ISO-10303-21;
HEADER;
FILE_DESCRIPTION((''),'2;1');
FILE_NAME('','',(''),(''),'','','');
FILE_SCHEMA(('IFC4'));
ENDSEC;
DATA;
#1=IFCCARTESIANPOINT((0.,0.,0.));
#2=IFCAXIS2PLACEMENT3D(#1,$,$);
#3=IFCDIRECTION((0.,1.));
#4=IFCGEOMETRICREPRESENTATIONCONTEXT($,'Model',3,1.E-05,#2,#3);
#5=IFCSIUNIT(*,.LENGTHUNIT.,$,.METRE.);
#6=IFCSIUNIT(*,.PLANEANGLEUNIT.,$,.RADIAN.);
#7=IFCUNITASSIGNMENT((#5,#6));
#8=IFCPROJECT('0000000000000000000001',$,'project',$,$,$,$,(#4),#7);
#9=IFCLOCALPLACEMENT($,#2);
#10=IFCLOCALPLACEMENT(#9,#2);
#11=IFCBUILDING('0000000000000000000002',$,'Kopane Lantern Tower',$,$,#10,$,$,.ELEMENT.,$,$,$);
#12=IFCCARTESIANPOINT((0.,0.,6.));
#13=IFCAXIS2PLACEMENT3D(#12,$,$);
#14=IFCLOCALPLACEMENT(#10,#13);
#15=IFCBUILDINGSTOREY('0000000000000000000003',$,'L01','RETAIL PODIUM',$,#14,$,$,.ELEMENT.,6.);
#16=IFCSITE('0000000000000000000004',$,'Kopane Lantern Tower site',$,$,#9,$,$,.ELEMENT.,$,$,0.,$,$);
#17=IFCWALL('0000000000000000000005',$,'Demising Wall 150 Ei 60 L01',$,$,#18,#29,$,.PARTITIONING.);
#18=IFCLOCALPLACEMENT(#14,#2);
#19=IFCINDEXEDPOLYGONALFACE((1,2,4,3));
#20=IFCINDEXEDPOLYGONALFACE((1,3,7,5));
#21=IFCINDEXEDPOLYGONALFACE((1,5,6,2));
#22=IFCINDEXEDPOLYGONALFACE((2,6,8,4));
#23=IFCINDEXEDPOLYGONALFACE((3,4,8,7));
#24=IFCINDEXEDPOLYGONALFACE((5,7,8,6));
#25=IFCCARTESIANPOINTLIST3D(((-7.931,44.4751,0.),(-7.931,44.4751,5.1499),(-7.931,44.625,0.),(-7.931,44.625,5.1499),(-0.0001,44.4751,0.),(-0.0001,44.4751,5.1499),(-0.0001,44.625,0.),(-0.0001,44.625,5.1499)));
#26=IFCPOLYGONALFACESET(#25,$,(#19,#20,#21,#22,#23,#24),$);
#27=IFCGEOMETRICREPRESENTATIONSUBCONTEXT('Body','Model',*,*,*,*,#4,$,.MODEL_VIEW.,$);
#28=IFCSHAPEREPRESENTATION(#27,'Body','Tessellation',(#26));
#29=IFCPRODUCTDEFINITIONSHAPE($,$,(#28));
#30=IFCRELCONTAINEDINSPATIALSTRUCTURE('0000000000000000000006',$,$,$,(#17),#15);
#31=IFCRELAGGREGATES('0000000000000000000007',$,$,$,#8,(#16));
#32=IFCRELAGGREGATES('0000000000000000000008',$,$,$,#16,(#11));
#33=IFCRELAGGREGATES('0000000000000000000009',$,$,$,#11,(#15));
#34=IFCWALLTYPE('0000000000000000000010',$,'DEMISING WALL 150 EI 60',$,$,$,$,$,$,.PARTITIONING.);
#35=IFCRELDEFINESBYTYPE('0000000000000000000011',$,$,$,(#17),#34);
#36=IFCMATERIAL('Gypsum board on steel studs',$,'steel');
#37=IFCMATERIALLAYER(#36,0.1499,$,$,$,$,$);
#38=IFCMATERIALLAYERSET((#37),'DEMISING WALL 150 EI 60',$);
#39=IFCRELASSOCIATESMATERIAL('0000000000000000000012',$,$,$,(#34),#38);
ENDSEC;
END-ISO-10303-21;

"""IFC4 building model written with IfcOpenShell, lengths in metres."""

from ifc_helpers import new_model, si_unit, direction, frame, frame_2d, origin, place, context, subcontext, project, spatial, rectangle, extrude, material, layer, layer_set, type_object, element, save


model = new_model("IFC4")

# Units and contexts
model_context = context("Model", 3, precision=1e-05, world=origin(), true_north=direction((0.0, 1.0)))
body_context = subcontext(model_context, "Body", "Model", "MODEL_VIEW")
ifc_project = project(units=[si_unit("LENGTHUNIT", "METRE"), si_unit("PLANEANGLEUNIT", "RADIAN")], contexts=[model_context])

# Site, building, storey
site_placement = place(None, origin())
site = spatial("IfcSite", under=ifc_project, at=site_placement, Name="Kopane Lantern Tower site", CompositionType="ELEMENT", RefElevation=0.0)
building_placement = place(site_placement, origin())
building = spatial("IfcBuilding", under=site, at=building_placement, Name="Kopane Lantern Tower", CompositionType="ELEMENT")
storey_placement = place(building_placement, frame((0.0, 0.0, 6.0)))
storey = spatial("IfcBuildingStorey", under=building, at=storey_placement, Name="L01", Description="RETAIL PODIUM", CompositionType="ELEMENT", Elevation=6.0)

# Wall
ifc_material_1 = material(Name="Gypsum board on steel studs", Category="steel")
ifc_layer_1 = layer(ifc_material_1, 0.1499)
ifc_layer_set_1 = layer_set([ifc_layer_1], Name="DEMISING WALL 150 EI 60")
wall_type = type_object("IfcWallType", Name="DEMISING WALL 150 EI 60", PredefinedType="PARTITIONING", material=ifc_layer_set_1)
wall_placement = place(storey_placement, frame((-7.9309, 44.55, 0.0), z_axis=(0.0, 0.0, 1.0), x_axis=(1.0, 0.0, 0.0)))
element("IfcWall", 1, at=wall_placement, inside=storey, type_object=wall_type, Name="Demising Wall 150 Ei 60 L01", PredefinedType="PARTITIONING", context=body_context, shape_type="SweptSolid", body=[
    extrude(rectangle(XDim=7.9309, YDim=0.1499, at=frame_2d((3.9653, 0.0))), origin(), (0.0, 0.0, 1.0), 5.1499),
])

save(model, "model.ifc")
